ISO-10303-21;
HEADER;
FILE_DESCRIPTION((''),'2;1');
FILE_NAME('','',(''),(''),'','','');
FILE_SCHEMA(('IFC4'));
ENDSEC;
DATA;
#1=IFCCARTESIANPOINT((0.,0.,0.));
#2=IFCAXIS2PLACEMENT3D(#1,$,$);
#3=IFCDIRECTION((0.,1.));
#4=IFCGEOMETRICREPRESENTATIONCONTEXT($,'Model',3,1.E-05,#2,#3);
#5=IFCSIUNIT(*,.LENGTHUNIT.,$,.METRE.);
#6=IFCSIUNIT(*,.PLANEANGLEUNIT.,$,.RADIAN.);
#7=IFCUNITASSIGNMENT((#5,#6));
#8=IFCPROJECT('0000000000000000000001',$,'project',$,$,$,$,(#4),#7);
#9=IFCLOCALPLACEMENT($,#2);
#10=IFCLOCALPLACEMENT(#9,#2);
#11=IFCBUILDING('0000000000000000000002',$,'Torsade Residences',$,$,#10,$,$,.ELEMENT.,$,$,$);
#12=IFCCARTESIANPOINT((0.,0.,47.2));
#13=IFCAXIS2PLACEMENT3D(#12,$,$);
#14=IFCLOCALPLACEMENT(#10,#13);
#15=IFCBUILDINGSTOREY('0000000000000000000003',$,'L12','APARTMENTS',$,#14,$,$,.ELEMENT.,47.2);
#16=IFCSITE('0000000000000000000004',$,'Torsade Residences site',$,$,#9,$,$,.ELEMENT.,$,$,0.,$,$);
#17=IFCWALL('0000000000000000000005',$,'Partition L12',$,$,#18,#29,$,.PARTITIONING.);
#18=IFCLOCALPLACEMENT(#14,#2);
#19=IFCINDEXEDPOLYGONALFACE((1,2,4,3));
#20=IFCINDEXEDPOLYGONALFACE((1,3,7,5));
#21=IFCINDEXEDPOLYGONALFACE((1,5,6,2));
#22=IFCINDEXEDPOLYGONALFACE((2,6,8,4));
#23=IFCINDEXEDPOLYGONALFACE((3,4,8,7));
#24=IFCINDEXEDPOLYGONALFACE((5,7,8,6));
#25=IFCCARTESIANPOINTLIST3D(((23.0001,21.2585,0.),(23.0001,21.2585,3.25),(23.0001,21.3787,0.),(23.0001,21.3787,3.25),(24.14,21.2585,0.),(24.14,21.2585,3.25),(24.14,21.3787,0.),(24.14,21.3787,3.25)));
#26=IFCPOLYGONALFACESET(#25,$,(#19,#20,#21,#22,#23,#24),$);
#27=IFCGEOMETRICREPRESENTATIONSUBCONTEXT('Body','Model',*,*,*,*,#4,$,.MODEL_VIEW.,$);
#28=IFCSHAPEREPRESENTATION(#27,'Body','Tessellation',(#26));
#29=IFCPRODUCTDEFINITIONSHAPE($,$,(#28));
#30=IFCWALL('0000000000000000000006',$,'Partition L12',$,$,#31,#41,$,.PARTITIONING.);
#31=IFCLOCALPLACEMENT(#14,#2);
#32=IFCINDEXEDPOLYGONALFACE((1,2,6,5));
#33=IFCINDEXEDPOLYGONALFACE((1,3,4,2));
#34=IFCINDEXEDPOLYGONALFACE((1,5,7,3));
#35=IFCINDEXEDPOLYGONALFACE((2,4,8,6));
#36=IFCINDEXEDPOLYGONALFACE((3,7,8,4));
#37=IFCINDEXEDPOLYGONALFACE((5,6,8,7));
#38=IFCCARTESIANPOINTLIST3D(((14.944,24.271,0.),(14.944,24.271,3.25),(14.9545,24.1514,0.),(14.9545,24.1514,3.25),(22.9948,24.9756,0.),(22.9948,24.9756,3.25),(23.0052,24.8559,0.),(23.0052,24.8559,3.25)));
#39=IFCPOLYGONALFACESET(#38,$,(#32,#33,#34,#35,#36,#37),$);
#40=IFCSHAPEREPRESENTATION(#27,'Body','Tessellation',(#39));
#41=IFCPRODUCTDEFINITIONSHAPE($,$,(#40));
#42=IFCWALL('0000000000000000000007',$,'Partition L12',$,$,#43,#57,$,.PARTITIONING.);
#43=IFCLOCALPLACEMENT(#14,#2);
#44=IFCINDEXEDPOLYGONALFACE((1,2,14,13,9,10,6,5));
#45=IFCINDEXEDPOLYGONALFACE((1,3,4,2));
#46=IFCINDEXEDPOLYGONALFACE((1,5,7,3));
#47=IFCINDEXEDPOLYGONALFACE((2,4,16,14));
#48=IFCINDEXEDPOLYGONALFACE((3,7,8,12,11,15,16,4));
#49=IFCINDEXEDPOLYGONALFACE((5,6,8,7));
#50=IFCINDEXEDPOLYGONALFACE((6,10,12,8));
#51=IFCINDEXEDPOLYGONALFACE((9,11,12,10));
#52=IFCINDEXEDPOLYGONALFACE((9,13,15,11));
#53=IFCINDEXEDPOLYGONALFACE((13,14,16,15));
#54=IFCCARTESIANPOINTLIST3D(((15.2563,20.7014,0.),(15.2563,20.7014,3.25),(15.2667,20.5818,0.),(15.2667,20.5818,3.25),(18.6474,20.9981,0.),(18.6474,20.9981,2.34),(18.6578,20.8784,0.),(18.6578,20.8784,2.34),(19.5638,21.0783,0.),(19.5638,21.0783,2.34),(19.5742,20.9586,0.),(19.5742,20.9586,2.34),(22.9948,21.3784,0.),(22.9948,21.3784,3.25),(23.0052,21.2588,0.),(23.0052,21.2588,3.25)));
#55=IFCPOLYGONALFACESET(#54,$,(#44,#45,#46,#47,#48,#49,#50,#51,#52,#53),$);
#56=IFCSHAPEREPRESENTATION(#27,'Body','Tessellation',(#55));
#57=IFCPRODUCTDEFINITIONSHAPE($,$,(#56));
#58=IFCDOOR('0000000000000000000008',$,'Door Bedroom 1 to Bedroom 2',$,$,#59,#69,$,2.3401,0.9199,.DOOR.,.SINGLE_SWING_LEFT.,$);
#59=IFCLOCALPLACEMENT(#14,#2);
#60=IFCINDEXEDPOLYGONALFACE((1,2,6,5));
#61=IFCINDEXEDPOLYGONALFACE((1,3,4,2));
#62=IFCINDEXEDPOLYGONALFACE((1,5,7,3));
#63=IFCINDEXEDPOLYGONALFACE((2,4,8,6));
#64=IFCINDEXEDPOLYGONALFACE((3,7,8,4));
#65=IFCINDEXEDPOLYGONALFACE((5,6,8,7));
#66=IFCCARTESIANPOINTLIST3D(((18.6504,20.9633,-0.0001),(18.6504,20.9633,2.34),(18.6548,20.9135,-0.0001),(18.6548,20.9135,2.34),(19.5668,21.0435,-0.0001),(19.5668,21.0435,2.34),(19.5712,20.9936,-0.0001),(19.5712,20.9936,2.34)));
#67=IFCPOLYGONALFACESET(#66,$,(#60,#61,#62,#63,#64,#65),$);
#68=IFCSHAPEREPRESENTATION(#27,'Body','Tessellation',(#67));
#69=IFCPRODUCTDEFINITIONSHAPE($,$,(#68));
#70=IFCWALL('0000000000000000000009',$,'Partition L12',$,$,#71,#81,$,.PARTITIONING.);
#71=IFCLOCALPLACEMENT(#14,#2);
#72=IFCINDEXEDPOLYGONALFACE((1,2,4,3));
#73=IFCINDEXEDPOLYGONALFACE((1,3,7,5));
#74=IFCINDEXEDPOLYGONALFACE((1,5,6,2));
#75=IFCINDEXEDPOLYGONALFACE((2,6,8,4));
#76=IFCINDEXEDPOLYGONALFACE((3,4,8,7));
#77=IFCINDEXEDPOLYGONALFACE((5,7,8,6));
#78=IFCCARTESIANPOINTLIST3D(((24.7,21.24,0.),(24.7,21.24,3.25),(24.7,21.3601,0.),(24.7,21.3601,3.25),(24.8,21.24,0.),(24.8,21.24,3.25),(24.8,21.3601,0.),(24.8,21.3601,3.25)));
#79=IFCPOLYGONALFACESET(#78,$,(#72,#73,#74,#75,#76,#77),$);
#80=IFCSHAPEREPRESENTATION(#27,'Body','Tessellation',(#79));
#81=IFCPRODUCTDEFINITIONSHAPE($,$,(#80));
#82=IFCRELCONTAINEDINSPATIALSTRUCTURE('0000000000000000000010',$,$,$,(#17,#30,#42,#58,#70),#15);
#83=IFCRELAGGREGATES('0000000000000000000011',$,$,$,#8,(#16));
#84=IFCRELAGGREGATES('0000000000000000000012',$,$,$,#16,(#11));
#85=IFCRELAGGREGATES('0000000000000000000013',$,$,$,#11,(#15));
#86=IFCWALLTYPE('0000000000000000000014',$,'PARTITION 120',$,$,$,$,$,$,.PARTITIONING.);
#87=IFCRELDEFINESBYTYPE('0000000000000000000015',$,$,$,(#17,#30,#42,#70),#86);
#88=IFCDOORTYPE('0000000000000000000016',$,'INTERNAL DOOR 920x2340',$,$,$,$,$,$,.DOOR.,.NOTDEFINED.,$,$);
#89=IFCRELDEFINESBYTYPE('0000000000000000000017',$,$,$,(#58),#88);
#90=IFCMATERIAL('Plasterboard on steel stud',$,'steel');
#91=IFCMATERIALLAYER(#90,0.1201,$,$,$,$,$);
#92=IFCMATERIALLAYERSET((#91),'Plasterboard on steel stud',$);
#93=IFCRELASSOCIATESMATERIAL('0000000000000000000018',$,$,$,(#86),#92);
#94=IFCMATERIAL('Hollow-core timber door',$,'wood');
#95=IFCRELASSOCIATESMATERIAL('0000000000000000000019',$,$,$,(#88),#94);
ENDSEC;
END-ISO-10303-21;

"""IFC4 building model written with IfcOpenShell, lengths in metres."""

from ifc_helpers import new_model, si_unit, direction, frame, frame_2d, origin, place, context, subcontext, project, spatial, rectangle, extrude, material, layer, layer_set, type_object, element, fill, save


model = new_model("IFC4")

# Units and contexts
model_context = context("Model", 3, precision=1e-05, world=origin(), true_north=direction((0.0, 1.0)))
body_context = subcontext(model_context, "Body", "Model", "MODEL_VIEW")
ifc_project = project(units=[si_unit("LENGTHUNIT", "METRE"), si_unit("PLANEANGLEUNIT", "RADIAN")], contexts=[model_context])

# Site, building, storey
site_placement = place(None, origin())
site = spatial("IfcSite", under=ifc_project, at=site_placement, Name="Torsade Residences site", CompositionType="ELEMENT", RefElevation=0.0)
building_placement = place(site_placement, origin())
building = spatial("IfcBuilding", under=site, at=building_placement, Name="Torsade Residences", CompositionType="ELEMENT")
storey_placement = place(building_placement, frame((0.0, 0.0, 47.2)))
storey = spatial("IfcBuildingStorey", under=building, at=storey_placement, Name="L12", Description="APARTMENTS", CompositionType="ELEMENT", Elevation=47.2)

# Shared definitions
ifc_material_1 = material(Name="Plasterboard on steel stud", Category="steel")
ifc_layer_1 = layer(ifc_material_1, 0.1201)
ifc_layer_set_1 = layer_set([ifc_layer_1], Name="Plasterboard on steel stud")
wall_type_1 = type_object("IfcWallType", Name="PARTITION 120", PredefinedType="PARTITIONING", material=ifc_layer_set_1)

# Shared definitions
ifc_material_2 = material(Name="Hollow-core timber door", Category="wood")
door_type_1 = type_object("IfcDoorType", Name="INTERNAL DOOR 920x2340", OperationType="NOTDEFINED", PredefinedType="DOOR", material=ifc_material_2)

# Walls
wall_1_placement = place(storey_placement, frame((24.1399, 21.3186, 0.0), z_axis=(0.0, 0.0, 1.0), x_axis=(-1.0, 0.0, 0.0)))
element("IfcWall", 1, at=wall_1_placement, inside=storey, type_object=wall_type_1, Name="Partition L12", PredefinedType="PARTITIONING", context=body_context, shape_type="SweptSolid", body=[
    extrude(rectangle(XDim=1.1399, YDim=0.1201, at=frame_2d((0.5698, 0.0))), origin(), (0.0, 0.0, 1.0), 3.25),
])
wall_2_placement = place(storey_placement, frame((23.0, 24.9158, 0.0), z_axis=(0.0, 0.0, 1.0), x_axis=(-0.996192, -0.087185, 0.0)))
element("IfcWall", 2, at=wall_2_placement, inside=storey, type_object=wall_type_1, Name="Partition L12", PredefinedType="PARTITIONING", context=body_context, shape_type="SweptSolid", body=[
    extrude(rectangle(XDim=8.0815, YDim=0.1201, at=frame_2d((4.0408, 0.0))), origin(), (0.0, 0.0, 1.0), 3.25),
])

# Wall, opening, door
wall_3_placement = place(storey_placement, frame((23.0, 21.3186, 0.0), z_axis=(0.0, 0.0, 1.0), x_axis=(-0.996195, -0.087152, 0.0)))
wall_3 = element("IfcWall", 3, at=wall_3_placement, inside=storey, type_object=wall_type_1, Name="Partition L12", PredefinedType="PARTITIONING", context=body_context, shape_type="SweptSolid", body=[
    extrude(rectangle(XDim=7.7681, YDim=0.1201, at=frame_2d((3.884, 0.0))), origin(), (0.0, 0.0, 1.0), 3.25),
])
opening_1_placement = place(wall_3_placement, frame((3.4441, 0.0, 0.0)))
opening_1 = element("IfcOpeningElement", 4, at=opening_1_placement, cuts=wall_3, PredefinedType="OPENING", context=body_context, shape_type="SweptSolid", body=[
    extrude(rectangle(XDim=0.9199, YDim=2.3401, at=frame_2d((0.46, 1.1699))), frame((0.0, 0.0701, 0.0), z_axis=(0.0, -1.0, 0.0), x_axis=(1.0, 0.0, 0.0)), (0.0, 0.0, 1.0), 0.1401),
])
door_1_placement = place(opening_1_placement, origin())
door_1 = element("IfcDoor", 5, at=door_1_placement, inside=storey, type_object=door_type_1, Name="Door Bedroom 1 to Bedroom 2", OperationType="SINGLE_SWING_LEFT", OverallHeight=2.3401, OverallWidth=0.9199, PredefinedType="DOOR", context=body_context, shape_type="SweptSolid", body=[
    extrude(rectangle(XDim=0.9199, YDim=2.3401, at=frame_2d((0.46, 1.1699))), frame((0.0, 0.0249, 0.0), z_axis=(0.0, -1.0, 0.0), x_axis=(1.0, 0.0, 0.0)), (0.0, 0.0, 1.0), 0.05),
])
fill(opening_1, door_1)

# Wall
wall_4_placement = place(storey_placement, frame((24.8, 21.3, 0.0), z_axis=(0.0, 0.0, 1.0), x_axis=(-1.0, 0.0, 0.0)))
element("IfcWall", 6, at=wall_4_placement, inside=storey, type_object=wall_type_1, Name="Partition L12", PredefinedType="PARTITIONING", context=body_context, shape_type="SweptSolid", body=[
    extrude(rectangle(XDim=0.1001, YDim=0.1201, at=frame_2d((0.05, 0.0))), origin(), (0.0, 0.0, 1.0), 3.25),
])

save(model, "model.ifc")
